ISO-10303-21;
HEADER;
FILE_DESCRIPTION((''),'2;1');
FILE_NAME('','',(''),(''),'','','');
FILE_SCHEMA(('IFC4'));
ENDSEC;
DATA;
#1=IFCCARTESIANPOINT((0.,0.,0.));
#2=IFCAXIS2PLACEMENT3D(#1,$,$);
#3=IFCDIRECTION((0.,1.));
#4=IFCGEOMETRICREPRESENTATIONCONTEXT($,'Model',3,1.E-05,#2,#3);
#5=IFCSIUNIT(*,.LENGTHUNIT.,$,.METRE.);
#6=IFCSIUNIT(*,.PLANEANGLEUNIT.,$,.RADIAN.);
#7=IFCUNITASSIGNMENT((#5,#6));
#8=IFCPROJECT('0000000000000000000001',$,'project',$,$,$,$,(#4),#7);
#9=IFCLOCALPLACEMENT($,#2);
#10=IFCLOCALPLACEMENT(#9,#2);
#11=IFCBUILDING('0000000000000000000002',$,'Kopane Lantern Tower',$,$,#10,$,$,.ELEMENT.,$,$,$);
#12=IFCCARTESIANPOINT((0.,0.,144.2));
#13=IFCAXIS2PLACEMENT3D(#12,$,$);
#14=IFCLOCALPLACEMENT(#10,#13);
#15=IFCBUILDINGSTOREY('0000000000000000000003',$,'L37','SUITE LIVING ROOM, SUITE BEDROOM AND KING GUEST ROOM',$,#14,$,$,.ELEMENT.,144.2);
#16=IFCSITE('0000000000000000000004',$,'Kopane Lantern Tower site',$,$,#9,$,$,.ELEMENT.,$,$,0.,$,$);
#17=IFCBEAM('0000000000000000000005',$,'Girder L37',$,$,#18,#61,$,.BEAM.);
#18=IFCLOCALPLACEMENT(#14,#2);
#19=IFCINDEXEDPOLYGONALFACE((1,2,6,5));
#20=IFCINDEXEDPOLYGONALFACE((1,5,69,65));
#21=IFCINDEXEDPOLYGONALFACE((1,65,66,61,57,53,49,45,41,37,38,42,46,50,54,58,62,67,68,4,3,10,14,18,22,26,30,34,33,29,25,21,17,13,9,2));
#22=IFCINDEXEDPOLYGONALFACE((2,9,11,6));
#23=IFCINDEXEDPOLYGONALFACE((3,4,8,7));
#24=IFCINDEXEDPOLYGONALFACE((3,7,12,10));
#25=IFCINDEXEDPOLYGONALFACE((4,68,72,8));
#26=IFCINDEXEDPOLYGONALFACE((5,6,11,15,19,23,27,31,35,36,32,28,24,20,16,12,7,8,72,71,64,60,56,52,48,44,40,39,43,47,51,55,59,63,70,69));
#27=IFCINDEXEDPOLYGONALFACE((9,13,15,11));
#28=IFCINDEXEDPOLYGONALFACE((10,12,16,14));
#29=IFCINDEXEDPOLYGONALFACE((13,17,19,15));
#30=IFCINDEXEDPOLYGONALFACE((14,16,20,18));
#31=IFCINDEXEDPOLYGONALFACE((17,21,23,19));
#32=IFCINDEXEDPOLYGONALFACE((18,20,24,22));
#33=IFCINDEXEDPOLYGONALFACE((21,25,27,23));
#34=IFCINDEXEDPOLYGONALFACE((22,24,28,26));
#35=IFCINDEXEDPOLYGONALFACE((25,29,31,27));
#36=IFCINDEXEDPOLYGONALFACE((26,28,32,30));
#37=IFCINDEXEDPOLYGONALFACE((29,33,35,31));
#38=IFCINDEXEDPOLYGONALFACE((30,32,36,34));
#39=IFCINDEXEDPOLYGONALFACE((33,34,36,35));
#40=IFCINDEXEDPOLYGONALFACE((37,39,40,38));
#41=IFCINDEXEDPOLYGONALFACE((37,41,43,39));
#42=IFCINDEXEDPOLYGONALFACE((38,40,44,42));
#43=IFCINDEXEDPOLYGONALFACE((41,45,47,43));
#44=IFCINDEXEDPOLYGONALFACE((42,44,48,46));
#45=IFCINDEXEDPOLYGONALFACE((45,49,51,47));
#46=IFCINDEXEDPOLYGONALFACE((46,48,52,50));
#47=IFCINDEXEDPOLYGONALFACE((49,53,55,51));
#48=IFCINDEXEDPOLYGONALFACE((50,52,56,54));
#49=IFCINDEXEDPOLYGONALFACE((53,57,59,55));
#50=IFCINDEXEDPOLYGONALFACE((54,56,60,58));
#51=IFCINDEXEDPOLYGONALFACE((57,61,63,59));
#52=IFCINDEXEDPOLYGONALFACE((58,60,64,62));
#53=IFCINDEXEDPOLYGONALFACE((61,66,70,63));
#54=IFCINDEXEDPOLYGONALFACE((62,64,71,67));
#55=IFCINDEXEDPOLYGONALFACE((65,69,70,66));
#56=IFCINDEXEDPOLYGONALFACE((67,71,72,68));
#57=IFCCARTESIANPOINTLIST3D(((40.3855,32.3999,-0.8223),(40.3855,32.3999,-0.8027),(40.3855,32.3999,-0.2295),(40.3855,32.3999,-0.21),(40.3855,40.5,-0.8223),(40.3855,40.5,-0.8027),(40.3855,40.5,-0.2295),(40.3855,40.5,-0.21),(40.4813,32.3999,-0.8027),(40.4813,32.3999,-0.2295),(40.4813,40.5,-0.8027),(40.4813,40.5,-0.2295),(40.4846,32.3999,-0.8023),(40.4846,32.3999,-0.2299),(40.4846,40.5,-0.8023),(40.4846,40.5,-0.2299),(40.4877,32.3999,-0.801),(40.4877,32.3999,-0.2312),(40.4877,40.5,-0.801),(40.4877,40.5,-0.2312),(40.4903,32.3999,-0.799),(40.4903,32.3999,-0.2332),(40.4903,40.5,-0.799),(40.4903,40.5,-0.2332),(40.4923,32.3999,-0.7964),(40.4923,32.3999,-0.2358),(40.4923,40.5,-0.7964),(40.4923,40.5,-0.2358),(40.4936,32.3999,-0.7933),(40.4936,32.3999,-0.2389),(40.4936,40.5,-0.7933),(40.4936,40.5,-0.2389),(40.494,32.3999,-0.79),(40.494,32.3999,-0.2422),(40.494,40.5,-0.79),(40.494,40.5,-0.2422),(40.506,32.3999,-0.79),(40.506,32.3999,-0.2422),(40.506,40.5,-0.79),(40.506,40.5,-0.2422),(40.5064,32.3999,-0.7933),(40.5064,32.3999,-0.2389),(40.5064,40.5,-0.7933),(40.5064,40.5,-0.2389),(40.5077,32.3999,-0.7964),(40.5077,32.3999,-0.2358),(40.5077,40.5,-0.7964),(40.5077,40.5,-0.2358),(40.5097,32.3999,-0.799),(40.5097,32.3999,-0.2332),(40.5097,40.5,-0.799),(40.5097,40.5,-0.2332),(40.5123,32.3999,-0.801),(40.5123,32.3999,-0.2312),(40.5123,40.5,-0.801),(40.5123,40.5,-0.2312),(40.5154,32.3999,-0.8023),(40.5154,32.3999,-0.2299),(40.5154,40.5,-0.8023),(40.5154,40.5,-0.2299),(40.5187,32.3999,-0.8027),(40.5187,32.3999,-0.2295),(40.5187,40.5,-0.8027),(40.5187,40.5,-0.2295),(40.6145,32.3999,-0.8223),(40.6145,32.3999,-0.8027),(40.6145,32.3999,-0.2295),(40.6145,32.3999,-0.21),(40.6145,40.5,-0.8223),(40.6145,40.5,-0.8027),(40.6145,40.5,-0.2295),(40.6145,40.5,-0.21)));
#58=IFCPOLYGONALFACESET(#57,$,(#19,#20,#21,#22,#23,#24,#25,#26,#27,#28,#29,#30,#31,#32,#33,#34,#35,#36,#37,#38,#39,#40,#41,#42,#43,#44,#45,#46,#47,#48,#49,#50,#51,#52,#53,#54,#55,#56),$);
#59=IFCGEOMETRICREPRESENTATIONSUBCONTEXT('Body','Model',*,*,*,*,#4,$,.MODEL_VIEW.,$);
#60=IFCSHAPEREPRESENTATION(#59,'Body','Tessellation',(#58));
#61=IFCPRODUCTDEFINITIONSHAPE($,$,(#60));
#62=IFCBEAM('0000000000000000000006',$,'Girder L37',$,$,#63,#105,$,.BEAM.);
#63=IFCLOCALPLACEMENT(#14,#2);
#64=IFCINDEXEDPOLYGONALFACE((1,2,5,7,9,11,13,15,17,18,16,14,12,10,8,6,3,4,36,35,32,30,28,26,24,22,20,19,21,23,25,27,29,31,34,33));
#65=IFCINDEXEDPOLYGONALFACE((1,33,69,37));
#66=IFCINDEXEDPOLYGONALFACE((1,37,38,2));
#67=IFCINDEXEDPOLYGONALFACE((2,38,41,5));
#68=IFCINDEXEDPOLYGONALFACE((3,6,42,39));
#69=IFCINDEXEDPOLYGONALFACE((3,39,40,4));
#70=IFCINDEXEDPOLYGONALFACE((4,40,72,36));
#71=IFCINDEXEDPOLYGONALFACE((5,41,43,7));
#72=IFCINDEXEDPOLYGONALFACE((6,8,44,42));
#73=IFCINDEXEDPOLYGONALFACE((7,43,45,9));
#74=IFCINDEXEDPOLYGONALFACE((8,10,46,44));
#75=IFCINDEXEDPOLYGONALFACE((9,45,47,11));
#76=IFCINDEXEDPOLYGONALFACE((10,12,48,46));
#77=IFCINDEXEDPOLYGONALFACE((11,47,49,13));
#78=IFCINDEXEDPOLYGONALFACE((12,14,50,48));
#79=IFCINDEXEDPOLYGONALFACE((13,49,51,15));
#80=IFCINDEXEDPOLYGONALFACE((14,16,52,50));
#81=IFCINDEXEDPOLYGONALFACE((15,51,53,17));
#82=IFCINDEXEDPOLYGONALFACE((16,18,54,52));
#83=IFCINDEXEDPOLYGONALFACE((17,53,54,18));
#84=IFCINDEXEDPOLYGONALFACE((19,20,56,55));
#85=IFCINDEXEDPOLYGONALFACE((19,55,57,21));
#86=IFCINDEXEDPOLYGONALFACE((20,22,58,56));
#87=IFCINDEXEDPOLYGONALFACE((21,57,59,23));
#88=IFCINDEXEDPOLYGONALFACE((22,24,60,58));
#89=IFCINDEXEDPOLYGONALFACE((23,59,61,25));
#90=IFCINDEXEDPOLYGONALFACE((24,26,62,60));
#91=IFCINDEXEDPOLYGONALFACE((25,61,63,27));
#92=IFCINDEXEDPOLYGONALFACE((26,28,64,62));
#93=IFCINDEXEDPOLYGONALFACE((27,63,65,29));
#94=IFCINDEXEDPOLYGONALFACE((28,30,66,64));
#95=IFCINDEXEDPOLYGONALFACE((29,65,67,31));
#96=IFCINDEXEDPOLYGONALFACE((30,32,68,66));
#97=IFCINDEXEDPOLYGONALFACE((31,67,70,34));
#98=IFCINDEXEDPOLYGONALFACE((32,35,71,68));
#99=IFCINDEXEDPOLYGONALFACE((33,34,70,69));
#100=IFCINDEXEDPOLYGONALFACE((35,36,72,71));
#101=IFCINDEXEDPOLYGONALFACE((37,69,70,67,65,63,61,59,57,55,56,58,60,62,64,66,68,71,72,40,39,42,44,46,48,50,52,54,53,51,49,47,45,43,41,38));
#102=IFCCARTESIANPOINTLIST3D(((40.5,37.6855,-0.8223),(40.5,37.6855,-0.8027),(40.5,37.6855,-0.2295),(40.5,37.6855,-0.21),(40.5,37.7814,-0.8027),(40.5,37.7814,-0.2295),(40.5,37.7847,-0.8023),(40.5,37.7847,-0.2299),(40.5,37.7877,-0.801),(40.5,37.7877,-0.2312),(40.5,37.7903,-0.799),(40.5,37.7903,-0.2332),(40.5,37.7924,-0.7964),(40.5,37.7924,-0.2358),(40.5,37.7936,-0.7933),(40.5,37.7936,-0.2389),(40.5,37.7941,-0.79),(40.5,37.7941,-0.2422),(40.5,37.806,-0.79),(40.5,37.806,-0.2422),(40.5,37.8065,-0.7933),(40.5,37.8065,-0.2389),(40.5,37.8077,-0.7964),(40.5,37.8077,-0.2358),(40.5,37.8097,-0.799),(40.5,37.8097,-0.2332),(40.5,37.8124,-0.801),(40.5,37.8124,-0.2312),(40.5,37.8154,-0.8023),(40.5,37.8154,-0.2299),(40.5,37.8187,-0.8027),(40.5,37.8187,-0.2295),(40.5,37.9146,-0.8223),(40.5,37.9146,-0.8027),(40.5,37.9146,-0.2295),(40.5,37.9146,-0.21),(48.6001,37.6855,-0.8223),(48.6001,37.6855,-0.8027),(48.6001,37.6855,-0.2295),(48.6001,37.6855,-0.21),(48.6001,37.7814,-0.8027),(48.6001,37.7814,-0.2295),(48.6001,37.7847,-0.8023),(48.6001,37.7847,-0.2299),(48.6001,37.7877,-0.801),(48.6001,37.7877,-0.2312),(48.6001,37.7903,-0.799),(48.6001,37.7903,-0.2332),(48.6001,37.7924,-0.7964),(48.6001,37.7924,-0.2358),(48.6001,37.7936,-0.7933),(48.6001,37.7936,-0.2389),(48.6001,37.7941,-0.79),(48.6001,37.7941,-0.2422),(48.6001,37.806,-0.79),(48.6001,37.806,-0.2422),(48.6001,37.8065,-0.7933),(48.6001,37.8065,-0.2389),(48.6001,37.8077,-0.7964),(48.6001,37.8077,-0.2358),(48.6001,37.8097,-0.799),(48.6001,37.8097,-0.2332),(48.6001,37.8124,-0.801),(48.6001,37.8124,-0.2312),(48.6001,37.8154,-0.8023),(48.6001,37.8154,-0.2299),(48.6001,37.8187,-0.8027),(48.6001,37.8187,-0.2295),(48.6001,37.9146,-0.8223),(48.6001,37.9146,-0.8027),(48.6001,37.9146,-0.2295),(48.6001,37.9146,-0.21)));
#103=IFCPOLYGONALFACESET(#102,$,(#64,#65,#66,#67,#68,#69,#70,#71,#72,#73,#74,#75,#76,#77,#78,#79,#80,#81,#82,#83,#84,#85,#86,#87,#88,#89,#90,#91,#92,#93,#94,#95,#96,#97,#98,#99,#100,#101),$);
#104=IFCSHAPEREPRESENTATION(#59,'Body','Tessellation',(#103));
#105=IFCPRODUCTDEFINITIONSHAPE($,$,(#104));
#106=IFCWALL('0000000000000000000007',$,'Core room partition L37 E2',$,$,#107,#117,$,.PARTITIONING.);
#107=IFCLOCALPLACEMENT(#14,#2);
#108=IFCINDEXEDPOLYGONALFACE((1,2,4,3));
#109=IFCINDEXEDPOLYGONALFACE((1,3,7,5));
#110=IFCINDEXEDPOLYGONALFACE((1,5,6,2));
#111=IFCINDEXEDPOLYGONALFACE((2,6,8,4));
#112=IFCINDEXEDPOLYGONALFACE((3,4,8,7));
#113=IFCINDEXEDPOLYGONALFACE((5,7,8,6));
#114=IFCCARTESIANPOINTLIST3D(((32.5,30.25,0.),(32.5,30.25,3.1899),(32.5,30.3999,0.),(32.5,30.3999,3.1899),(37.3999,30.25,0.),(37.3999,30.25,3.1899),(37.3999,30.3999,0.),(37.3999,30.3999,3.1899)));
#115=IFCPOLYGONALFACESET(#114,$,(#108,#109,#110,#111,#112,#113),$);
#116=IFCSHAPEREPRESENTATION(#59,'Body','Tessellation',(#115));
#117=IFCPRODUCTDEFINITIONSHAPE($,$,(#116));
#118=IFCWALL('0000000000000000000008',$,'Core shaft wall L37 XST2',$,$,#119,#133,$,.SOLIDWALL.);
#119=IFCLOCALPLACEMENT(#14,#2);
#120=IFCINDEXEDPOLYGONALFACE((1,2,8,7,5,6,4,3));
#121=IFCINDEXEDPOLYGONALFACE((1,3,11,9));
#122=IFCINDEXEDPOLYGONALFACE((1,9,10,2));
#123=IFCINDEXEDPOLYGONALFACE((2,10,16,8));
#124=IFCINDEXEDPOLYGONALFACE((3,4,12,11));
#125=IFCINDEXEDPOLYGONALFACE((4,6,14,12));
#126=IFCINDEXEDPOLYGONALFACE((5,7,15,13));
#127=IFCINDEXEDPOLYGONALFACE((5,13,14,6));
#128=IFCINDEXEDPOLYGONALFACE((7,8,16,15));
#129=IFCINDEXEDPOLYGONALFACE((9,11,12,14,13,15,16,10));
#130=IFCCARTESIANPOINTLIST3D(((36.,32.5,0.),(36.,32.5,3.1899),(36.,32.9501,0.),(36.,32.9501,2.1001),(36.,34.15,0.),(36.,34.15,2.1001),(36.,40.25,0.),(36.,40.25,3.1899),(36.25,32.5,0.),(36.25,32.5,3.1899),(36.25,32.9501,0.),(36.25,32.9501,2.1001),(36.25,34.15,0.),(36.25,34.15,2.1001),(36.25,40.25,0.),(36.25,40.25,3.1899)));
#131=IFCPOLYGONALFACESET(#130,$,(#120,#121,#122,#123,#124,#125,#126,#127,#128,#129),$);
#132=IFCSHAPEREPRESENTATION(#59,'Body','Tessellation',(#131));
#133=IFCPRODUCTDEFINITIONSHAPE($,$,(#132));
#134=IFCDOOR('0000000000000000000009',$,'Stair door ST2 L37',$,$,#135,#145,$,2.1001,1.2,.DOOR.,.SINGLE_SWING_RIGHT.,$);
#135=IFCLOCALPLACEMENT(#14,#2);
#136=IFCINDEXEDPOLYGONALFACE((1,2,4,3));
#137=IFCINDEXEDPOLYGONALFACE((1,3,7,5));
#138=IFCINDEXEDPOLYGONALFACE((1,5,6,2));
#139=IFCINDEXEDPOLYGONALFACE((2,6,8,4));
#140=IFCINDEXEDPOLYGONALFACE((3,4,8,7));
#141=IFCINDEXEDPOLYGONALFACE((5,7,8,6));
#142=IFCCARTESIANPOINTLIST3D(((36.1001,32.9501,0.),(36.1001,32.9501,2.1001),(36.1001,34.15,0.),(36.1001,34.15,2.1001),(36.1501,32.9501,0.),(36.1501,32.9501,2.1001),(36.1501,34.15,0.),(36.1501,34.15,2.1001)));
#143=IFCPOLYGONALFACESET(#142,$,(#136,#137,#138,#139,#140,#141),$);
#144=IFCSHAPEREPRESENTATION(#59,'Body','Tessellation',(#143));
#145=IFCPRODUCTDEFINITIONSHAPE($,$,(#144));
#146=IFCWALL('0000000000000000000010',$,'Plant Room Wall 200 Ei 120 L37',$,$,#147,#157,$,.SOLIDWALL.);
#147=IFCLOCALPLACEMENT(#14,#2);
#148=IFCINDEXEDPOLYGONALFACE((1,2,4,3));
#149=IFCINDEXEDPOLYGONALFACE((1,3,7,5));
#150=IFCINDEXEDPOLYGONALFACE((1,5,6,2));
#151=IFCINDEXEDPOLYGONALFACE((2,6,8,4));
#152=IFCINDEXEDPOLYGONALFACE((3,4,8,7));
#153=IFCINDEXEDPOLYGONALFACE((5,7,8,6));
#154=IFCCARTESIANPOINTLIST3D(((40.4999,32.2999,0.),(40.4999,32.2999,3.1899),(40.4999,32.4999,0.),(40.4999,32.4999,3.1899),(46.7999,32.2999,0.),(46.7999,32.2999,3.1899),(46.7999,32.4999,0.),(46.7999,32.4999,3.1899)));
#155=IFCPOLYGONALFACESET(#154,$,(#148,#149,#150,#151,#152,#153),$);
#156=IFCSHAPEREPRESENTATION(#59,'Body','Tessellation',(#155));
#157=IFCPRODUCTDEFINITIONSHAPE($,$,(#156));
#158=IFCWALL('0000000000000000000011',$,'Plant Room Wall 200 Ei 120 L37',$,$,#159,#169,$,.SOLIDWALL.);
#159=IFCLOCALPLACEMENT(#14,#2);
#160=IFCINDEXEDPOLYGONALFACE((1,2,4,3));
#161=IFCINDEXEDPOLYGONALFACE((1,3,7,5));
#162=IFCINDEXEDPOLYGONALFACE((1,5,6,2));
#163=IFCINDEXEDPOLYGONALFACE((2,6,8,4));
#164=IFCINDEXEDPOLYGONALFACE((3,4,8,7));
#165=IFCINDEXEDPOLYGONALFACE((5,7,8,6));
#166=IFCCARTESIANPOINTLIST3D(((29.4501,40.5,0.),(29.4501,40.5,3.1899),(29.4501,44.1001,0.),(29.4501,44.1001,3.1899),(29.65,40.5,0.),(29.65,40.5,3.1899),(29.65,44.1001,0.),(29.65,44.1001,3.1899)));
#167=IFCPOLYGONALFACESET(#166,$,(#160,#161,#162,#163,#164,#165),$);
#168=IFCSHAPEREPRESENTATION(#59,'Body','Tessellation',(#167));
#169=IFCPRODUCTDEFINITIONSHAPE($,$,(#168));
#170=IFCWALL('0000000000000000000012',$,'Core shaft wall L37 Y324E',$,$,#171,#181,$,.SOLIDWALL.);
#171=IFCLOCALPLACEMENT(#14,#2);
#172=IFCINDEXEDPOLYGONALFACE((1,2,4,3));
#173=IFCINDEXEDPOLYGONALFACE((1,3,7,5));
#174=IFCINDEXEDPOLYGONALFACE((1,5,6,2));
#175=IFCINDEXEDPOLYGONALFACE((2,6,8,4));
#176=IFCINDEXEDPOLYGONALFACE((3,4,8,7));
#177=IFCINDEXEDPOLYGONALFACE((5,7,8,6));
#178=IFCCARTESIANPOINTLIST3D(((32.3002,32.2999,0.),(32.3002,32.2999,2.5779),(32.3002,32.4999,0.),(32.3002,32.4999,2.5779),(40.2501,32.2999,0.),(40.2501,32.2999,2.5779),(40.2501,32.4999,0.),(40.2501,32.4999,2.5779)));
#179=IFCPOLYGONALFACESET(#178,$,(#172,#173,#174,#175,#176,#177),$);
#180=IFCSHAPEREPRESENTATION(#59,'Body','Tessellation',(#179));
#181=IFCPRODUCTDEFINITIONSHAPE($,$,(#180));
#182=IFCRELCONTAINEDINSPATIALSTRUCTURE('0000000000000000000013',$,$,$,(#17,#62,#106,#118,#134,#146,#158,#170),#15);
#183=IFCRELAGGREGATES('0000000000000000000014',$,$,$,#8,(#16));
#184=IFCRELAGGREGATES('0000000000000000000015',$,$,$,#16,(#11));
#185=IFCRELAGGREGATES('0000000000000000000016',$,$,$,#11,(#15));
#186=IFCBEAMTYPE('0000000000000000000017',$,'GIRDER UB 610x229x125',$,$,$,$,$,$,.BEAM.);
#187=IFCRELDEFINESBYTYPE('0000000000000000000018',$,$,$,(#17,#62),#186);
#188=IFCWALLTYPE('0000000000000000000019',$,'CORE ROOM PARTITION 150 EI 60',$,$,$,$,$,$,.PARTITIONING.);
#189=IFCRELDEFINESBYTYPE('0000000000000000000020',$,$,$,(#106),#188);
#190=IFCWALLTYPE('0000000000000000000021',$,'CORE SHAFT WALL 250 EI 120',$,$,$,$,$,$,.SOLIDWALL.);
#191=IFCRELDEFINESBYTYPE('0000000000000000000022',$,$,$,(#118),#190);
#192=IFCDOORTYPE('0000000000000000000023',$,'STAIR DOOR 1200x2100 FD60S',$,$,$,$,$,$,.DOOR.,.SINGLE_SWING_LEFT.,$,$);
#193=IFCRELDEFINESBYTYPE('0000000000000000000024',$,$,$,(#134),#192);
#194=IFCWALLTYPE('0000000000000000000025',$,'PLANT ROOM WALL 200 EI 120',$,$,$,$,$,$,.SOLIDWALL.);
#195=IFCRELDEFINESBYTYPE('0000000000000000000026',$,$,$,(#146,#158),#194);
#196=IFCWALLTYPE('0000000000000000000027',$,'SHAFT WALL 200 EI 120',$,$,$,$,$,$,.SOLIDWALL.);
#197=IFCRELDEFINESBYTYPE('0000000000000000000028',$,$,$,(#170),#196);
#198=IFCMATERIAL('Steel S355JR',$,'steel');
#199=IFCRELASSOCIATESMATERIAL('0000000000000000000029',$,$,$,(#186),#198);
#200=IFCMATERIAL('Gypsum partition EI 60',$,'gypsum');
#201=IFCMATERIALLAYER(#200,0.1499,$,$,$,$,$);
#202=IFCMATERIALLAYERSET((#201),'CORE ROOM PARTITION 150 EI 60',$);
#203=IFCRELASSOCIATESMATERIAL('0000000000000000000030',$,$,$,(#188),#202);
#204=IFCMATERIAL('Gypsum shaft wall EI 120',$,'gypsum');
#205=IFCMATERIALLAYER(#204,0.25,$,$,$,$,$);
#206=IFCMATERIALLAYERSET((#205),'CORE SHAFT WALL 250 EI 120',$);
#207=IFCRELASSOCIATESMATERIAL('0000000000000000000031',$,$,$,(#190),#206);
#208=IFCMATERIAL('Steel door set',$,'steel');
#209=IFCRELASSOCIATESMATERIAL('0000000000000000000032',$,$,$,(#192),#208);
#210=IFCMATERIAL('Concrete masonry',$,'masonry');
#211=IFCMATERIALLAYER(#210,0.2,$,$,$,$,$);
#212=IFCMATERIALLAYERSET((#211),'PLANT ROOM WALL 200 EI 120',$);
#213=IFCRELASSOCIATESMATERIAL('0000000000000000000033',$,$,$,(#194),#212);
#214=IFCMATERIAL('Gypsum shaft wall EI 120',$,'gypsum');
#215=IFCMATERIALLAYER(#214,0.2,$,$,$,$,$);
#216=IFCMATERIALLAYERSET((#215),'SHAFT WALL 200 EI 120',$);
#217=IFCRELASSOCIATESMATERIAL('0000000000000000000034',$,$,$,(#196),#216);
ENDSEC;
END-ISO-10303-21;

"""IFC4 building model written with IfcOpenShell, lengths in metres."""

from ifc_helpers import new_model, si_unit, direction, frame, frame_2d, origin, origin_2d, place, context, subcontext, project, spatial, rectangle, i_section, extrude, material, layer, layer_set, material_profile, profile_set, type_object, element, fill, save


model = new_model("IFC4")

# Units and contexts
model_context = context("Model", 3, precision=1e-05, world=origin(), true_north=direction((0.0, 1.0)))
body_context = subcontext(model_context, "Body", "Model", "MODEL_VIEW")
ifc_project = project(units=[si_unit("LENGTHUNIT", "METRE"), si_unit("PLANEANGLEUNIT", "RADIAN")], contexts=[model_context])

# Site, building, storey
site_placement = place(None, origin())
site = spatial("IfcSite", under=ifc_project, at=site_placement, Name="Kopane Lantern Tower site", CompositionType="ELEMENT", RefElevation=0.0)
building_placement = place(site_placement, origin())
building = spatial("IfcBuilding", under=site, at=building_placement, Name="Kopane Lantern Tower", CompositionType="ELEMENT")
storey_placement = place(building_placement, frame((0.0, 0.0, 144.2)))
storey = spatial("IfcBuildingStorey", under=building, at=storey_placement, Name="L37", Description="SUITE LIVING ROOM, SUITE BEDROOM AND KING GUEST ROOM", CompositionType="ELEMENT", Elevation=144.2)

# Beams
ifc_material_1 = material(Name="Steel S355JR", Category="steel")
ifc_material_profile_1 = material_profile(ifc_material_1, i_section(OverallWidth=0.229, OverallDepth=0.6123, WebThickness=0.012, FlangeThickness=0.0195, FilletRadius=0.0127, at=origin_2d()), Name="UB 610x229x125")
ifc_profile_set_1 = profile_set([ifc_material_profile_1], Name="Steel S355JR")
beam_type_1 = type_object("IfcBeamType", Name="GIRDER UB 610x229x125", PredefinedType="BEAM", material=ifc_profile_set_1)
for number, where, z_axis, x_axis, name in (
    (1, (40.5, 32.3999, -0.5161), (0.0, 1.0, 0.0), (-1.0, 0.0, 0.0), "Girder L37"),
    (2, (40.5, 37.8, -0.5161), (1.0, 0.0, 0.0), (0.0, 1.0, 0.0), "Girder L37"),
):
    element("IfcBeam", number, at=place(storey_placement, frame(where, z_axis=z_axis, x_axis=x_axis)), inside=storey, type_object=beam_type_1, Name=name, PredefinedType="BEAM", context=body_context, shape_type="SweptSolid", body=[
        extrude(i_section(OverallWidth=0.229, OverallDepth=0.6123, WebThickness=0.012, FlangeThickness=0.0195, FilletRadius=0.0127, at=origin_2d()), origin(), (0.0, 0.0, 1.0), 8.1001),
    ])

# Wall
ifc_material_2 = material(Name="Gypsum partition EI 60", Category="gypsum")
ifc_layer_1 = layer(ifc_material_2, 0.1499)
ifc_layer_set_1 = layer_set([ifc_layer_1], Name="CORE ROOM PARTITION 150 EI 60")
wall_type_1 = type_object("IfcWallType", Name="CORE ROOM PARTITION 150 EI 60", PredefinedType="PARTITIONING", material=ifc_layer_set_1)
wall_1_placement = place(storey_placement, frame((32.5, 30.325, 0.0), z_axis=(0.0, 0.0, 1.0), x_axis=(1.0, 0.0, 0.0)))
element("IfcWall", 3, at=wall_1_placement, inside=storey, type_object=wall_type_1, Name="Core room partition L37 E2", PredefinedType="PARTITIONING", context=body_context, shape_type="SweptSolid", body=[
    extrude(rectangle(XDim=4.8999, YDim=0.1499, at=frame_2d((2.45, 0.0))), origin(), (0.0, 0.0, 1.0), 3.1899),
])

# Wall, opening, door
ifc_material_3 = material(Name="Gypsum shaft wall EI 120", Category="gypsum")
ifc_layer_2 = layer(ifc_material_3, 0.25)
ifc_layer_set_2 = layer_set([ifc_layer_2], Name="CORE SHAFT WALL 250 EI 120")
wall_type_2 = type_object("IfcWallType", Name="CORE SHAFT WALL 250 EI 120", PredefinedType="SOLIDWALL", material=ifc_layer_set_2)
wall_2_placement = place(storey_placement, frame((36.125, 32.5, 0.0), z_axis=(0.0, 0.0, 1.0), x_axis=(0.0, 1.0, 0.0)))
wall_2 = element("IfcWall", 4, at=wall_2_placement, inside=storey, type_object=wall_type_2, Name="Core shaft wall L37 XST2", PredefinedType="SOLIDWALL", context=body_context, shape_type="SweptSolid", body=[
    extrude(rectangle(XDim=7.75, YDim=0.25, at=frame_2d((3.875, 0.0))), origin(), (0.0, 0.0, 1.0), 3.1899),
])
opening_1_placement = place(wall_2_placement, frame((0.45, 0.0, 0.0)))
opening_1 = element("IfcOpeningElement", 5, at=opening_1_placement, cuts=wall_2, PredefinedType="OPENING", context=body_context, shape_type="SweptSolid", body=[
    extrude(rectangle(XDim=1.2, YDim=2.1001, at=frame_2d((0.6001, 1.05))), frame((0.0, 0.135, 0.0), z_axis=(0.0, -1.0, 0.0), x_axis=(1.0, 0.0, 0.0)), (0.0, 0.0, 1.0), 0.27),
])
ifc_material_4 = material(Name="Steel door set", Category="steel")
door_type_1 = type_object("IfcDoorType", Name="STAIR DOOR 1200x2100 FD60S", OperationType="SINGLE_SWING_LEFT", PredefinedType="DOOR", material=ifc_material_4)
door_1_placement = place(opening_1_placement, origin())
door_1 = element("IfcDoor", 6, at=door_1_placement, inside=storey, type_object=door_type_1, Name="Stair door ST2 L37", OperationType="SINGLE_SWING_RIGHT", OverallHeight=2.1001, OverallWidth=1.2, PredefinedType="DOOR", context=body_context, shape_type="SweptSolid", body=[
    extrude(rectangle(XDim=1.2, YDim=2.1001, at=frame_2d((0.6001, 1.05))), frame((0.0, 0.0249, 0.0), z_axis=(0.0, -1.0, 0.0), x_axis=(1.0, 0.0, 0.0)), (0.0, 0.0, 1.0), 0.05),
])
fill(opening_1, door_1)

# Walls
ifc_material_5 = material(Name="Concrete masonry", Category="masonry")
ifc_layer_3 = layer(ifc_material_5, 0.2)
ifc_layer_set_3 = layer_set([ifc_layer_3], Name="PLANT ROOM WALL 200 EI 120")
wall_type_3 = type_object("IfcWallType", Name="PLANT ROOM WALL 200 EI 120", PredefinedType="SOLIDWALL", material=ifc_layer_set_3)
wall_3_placement = place(storey_placement, frame((40.5, 32.3999, 0.0), z_axis=(0.0, 0.0, 1.0), x_axis=(1.0, 0.0, 0.0)))
element("IfcWall", 7, at=wall_3_placement, inside=storey, type_object=wall_type_3, Name="Plant Room Wall 200 Ei 120 L37", PredefinedType="SOLIDWALL", context=body_context, shape_type="SweptSolid", body=[
    extrude(rectangle(XDim=6.3, YDim=0.2, at=frame_2d((3.1499, 0.0))), origin(), (0.0, 0.0, 1.0), 3.1899),
])
wall_4_placement = place(storey_placement, frame((29.55, 40.5, 0.0), z_axis=(0.0, 0.0, 1.0), x_axis=(0.0, 1.0, 0.0)))
element("IfcWall", 8, at=wall_4_placement, inside=storey, type_object=wall_type_3, Name="Plant Room Wall 200 Ei 120 L37", PredefinedType="SOLIDWALL", context=body_context, shape_type="SweptSolid", body=[
    extrude(rectangle(XDim=3.6001, YDim=0.2, at=frame_2d((1.8, 0.0))), origin(), (0.0, 0.0, 1.0), 3.1899),
])
ifc_material_6 = material(Name="Gypsum shaft wall EI 120", Category="gypsum")
ifc_layer_4 = layer(ifc_material_6, 0.2)
ifc_layer_set_4 = layer_set([ifc_layer_4], Name="SHAFT WALL 200 EI 120")
wall_type_4 = type_object("IfcWallType", Name="SHAFT WALL 200 EI 120", PredefinedType="SOLIDWALL", material=ifc_layer_set_4)
wall_5_placement = place(storey_placement, frame((32.3, 32.3999, 0.0), z_axis=(0.0, 0.0, 1.0), x_axis=(1.0, 0.0, 0.0)))
element("IfcWall", 9, at=wall_5_placement, inside=storey, type_object=wall_type_4, Name="Core shaft wall L37 Y324E", PredefinedType="SOLIDWALL", context=body_context, shape_type="SweptSolid", body=[
    extrude(rectangle(XDim=7.95, YDim=0.2, at=frame_2d((3.9751, 0.0))), origin(), (0.0, 0.0, 1.0), 2.5779),
])

save(model, "model.ifc")
